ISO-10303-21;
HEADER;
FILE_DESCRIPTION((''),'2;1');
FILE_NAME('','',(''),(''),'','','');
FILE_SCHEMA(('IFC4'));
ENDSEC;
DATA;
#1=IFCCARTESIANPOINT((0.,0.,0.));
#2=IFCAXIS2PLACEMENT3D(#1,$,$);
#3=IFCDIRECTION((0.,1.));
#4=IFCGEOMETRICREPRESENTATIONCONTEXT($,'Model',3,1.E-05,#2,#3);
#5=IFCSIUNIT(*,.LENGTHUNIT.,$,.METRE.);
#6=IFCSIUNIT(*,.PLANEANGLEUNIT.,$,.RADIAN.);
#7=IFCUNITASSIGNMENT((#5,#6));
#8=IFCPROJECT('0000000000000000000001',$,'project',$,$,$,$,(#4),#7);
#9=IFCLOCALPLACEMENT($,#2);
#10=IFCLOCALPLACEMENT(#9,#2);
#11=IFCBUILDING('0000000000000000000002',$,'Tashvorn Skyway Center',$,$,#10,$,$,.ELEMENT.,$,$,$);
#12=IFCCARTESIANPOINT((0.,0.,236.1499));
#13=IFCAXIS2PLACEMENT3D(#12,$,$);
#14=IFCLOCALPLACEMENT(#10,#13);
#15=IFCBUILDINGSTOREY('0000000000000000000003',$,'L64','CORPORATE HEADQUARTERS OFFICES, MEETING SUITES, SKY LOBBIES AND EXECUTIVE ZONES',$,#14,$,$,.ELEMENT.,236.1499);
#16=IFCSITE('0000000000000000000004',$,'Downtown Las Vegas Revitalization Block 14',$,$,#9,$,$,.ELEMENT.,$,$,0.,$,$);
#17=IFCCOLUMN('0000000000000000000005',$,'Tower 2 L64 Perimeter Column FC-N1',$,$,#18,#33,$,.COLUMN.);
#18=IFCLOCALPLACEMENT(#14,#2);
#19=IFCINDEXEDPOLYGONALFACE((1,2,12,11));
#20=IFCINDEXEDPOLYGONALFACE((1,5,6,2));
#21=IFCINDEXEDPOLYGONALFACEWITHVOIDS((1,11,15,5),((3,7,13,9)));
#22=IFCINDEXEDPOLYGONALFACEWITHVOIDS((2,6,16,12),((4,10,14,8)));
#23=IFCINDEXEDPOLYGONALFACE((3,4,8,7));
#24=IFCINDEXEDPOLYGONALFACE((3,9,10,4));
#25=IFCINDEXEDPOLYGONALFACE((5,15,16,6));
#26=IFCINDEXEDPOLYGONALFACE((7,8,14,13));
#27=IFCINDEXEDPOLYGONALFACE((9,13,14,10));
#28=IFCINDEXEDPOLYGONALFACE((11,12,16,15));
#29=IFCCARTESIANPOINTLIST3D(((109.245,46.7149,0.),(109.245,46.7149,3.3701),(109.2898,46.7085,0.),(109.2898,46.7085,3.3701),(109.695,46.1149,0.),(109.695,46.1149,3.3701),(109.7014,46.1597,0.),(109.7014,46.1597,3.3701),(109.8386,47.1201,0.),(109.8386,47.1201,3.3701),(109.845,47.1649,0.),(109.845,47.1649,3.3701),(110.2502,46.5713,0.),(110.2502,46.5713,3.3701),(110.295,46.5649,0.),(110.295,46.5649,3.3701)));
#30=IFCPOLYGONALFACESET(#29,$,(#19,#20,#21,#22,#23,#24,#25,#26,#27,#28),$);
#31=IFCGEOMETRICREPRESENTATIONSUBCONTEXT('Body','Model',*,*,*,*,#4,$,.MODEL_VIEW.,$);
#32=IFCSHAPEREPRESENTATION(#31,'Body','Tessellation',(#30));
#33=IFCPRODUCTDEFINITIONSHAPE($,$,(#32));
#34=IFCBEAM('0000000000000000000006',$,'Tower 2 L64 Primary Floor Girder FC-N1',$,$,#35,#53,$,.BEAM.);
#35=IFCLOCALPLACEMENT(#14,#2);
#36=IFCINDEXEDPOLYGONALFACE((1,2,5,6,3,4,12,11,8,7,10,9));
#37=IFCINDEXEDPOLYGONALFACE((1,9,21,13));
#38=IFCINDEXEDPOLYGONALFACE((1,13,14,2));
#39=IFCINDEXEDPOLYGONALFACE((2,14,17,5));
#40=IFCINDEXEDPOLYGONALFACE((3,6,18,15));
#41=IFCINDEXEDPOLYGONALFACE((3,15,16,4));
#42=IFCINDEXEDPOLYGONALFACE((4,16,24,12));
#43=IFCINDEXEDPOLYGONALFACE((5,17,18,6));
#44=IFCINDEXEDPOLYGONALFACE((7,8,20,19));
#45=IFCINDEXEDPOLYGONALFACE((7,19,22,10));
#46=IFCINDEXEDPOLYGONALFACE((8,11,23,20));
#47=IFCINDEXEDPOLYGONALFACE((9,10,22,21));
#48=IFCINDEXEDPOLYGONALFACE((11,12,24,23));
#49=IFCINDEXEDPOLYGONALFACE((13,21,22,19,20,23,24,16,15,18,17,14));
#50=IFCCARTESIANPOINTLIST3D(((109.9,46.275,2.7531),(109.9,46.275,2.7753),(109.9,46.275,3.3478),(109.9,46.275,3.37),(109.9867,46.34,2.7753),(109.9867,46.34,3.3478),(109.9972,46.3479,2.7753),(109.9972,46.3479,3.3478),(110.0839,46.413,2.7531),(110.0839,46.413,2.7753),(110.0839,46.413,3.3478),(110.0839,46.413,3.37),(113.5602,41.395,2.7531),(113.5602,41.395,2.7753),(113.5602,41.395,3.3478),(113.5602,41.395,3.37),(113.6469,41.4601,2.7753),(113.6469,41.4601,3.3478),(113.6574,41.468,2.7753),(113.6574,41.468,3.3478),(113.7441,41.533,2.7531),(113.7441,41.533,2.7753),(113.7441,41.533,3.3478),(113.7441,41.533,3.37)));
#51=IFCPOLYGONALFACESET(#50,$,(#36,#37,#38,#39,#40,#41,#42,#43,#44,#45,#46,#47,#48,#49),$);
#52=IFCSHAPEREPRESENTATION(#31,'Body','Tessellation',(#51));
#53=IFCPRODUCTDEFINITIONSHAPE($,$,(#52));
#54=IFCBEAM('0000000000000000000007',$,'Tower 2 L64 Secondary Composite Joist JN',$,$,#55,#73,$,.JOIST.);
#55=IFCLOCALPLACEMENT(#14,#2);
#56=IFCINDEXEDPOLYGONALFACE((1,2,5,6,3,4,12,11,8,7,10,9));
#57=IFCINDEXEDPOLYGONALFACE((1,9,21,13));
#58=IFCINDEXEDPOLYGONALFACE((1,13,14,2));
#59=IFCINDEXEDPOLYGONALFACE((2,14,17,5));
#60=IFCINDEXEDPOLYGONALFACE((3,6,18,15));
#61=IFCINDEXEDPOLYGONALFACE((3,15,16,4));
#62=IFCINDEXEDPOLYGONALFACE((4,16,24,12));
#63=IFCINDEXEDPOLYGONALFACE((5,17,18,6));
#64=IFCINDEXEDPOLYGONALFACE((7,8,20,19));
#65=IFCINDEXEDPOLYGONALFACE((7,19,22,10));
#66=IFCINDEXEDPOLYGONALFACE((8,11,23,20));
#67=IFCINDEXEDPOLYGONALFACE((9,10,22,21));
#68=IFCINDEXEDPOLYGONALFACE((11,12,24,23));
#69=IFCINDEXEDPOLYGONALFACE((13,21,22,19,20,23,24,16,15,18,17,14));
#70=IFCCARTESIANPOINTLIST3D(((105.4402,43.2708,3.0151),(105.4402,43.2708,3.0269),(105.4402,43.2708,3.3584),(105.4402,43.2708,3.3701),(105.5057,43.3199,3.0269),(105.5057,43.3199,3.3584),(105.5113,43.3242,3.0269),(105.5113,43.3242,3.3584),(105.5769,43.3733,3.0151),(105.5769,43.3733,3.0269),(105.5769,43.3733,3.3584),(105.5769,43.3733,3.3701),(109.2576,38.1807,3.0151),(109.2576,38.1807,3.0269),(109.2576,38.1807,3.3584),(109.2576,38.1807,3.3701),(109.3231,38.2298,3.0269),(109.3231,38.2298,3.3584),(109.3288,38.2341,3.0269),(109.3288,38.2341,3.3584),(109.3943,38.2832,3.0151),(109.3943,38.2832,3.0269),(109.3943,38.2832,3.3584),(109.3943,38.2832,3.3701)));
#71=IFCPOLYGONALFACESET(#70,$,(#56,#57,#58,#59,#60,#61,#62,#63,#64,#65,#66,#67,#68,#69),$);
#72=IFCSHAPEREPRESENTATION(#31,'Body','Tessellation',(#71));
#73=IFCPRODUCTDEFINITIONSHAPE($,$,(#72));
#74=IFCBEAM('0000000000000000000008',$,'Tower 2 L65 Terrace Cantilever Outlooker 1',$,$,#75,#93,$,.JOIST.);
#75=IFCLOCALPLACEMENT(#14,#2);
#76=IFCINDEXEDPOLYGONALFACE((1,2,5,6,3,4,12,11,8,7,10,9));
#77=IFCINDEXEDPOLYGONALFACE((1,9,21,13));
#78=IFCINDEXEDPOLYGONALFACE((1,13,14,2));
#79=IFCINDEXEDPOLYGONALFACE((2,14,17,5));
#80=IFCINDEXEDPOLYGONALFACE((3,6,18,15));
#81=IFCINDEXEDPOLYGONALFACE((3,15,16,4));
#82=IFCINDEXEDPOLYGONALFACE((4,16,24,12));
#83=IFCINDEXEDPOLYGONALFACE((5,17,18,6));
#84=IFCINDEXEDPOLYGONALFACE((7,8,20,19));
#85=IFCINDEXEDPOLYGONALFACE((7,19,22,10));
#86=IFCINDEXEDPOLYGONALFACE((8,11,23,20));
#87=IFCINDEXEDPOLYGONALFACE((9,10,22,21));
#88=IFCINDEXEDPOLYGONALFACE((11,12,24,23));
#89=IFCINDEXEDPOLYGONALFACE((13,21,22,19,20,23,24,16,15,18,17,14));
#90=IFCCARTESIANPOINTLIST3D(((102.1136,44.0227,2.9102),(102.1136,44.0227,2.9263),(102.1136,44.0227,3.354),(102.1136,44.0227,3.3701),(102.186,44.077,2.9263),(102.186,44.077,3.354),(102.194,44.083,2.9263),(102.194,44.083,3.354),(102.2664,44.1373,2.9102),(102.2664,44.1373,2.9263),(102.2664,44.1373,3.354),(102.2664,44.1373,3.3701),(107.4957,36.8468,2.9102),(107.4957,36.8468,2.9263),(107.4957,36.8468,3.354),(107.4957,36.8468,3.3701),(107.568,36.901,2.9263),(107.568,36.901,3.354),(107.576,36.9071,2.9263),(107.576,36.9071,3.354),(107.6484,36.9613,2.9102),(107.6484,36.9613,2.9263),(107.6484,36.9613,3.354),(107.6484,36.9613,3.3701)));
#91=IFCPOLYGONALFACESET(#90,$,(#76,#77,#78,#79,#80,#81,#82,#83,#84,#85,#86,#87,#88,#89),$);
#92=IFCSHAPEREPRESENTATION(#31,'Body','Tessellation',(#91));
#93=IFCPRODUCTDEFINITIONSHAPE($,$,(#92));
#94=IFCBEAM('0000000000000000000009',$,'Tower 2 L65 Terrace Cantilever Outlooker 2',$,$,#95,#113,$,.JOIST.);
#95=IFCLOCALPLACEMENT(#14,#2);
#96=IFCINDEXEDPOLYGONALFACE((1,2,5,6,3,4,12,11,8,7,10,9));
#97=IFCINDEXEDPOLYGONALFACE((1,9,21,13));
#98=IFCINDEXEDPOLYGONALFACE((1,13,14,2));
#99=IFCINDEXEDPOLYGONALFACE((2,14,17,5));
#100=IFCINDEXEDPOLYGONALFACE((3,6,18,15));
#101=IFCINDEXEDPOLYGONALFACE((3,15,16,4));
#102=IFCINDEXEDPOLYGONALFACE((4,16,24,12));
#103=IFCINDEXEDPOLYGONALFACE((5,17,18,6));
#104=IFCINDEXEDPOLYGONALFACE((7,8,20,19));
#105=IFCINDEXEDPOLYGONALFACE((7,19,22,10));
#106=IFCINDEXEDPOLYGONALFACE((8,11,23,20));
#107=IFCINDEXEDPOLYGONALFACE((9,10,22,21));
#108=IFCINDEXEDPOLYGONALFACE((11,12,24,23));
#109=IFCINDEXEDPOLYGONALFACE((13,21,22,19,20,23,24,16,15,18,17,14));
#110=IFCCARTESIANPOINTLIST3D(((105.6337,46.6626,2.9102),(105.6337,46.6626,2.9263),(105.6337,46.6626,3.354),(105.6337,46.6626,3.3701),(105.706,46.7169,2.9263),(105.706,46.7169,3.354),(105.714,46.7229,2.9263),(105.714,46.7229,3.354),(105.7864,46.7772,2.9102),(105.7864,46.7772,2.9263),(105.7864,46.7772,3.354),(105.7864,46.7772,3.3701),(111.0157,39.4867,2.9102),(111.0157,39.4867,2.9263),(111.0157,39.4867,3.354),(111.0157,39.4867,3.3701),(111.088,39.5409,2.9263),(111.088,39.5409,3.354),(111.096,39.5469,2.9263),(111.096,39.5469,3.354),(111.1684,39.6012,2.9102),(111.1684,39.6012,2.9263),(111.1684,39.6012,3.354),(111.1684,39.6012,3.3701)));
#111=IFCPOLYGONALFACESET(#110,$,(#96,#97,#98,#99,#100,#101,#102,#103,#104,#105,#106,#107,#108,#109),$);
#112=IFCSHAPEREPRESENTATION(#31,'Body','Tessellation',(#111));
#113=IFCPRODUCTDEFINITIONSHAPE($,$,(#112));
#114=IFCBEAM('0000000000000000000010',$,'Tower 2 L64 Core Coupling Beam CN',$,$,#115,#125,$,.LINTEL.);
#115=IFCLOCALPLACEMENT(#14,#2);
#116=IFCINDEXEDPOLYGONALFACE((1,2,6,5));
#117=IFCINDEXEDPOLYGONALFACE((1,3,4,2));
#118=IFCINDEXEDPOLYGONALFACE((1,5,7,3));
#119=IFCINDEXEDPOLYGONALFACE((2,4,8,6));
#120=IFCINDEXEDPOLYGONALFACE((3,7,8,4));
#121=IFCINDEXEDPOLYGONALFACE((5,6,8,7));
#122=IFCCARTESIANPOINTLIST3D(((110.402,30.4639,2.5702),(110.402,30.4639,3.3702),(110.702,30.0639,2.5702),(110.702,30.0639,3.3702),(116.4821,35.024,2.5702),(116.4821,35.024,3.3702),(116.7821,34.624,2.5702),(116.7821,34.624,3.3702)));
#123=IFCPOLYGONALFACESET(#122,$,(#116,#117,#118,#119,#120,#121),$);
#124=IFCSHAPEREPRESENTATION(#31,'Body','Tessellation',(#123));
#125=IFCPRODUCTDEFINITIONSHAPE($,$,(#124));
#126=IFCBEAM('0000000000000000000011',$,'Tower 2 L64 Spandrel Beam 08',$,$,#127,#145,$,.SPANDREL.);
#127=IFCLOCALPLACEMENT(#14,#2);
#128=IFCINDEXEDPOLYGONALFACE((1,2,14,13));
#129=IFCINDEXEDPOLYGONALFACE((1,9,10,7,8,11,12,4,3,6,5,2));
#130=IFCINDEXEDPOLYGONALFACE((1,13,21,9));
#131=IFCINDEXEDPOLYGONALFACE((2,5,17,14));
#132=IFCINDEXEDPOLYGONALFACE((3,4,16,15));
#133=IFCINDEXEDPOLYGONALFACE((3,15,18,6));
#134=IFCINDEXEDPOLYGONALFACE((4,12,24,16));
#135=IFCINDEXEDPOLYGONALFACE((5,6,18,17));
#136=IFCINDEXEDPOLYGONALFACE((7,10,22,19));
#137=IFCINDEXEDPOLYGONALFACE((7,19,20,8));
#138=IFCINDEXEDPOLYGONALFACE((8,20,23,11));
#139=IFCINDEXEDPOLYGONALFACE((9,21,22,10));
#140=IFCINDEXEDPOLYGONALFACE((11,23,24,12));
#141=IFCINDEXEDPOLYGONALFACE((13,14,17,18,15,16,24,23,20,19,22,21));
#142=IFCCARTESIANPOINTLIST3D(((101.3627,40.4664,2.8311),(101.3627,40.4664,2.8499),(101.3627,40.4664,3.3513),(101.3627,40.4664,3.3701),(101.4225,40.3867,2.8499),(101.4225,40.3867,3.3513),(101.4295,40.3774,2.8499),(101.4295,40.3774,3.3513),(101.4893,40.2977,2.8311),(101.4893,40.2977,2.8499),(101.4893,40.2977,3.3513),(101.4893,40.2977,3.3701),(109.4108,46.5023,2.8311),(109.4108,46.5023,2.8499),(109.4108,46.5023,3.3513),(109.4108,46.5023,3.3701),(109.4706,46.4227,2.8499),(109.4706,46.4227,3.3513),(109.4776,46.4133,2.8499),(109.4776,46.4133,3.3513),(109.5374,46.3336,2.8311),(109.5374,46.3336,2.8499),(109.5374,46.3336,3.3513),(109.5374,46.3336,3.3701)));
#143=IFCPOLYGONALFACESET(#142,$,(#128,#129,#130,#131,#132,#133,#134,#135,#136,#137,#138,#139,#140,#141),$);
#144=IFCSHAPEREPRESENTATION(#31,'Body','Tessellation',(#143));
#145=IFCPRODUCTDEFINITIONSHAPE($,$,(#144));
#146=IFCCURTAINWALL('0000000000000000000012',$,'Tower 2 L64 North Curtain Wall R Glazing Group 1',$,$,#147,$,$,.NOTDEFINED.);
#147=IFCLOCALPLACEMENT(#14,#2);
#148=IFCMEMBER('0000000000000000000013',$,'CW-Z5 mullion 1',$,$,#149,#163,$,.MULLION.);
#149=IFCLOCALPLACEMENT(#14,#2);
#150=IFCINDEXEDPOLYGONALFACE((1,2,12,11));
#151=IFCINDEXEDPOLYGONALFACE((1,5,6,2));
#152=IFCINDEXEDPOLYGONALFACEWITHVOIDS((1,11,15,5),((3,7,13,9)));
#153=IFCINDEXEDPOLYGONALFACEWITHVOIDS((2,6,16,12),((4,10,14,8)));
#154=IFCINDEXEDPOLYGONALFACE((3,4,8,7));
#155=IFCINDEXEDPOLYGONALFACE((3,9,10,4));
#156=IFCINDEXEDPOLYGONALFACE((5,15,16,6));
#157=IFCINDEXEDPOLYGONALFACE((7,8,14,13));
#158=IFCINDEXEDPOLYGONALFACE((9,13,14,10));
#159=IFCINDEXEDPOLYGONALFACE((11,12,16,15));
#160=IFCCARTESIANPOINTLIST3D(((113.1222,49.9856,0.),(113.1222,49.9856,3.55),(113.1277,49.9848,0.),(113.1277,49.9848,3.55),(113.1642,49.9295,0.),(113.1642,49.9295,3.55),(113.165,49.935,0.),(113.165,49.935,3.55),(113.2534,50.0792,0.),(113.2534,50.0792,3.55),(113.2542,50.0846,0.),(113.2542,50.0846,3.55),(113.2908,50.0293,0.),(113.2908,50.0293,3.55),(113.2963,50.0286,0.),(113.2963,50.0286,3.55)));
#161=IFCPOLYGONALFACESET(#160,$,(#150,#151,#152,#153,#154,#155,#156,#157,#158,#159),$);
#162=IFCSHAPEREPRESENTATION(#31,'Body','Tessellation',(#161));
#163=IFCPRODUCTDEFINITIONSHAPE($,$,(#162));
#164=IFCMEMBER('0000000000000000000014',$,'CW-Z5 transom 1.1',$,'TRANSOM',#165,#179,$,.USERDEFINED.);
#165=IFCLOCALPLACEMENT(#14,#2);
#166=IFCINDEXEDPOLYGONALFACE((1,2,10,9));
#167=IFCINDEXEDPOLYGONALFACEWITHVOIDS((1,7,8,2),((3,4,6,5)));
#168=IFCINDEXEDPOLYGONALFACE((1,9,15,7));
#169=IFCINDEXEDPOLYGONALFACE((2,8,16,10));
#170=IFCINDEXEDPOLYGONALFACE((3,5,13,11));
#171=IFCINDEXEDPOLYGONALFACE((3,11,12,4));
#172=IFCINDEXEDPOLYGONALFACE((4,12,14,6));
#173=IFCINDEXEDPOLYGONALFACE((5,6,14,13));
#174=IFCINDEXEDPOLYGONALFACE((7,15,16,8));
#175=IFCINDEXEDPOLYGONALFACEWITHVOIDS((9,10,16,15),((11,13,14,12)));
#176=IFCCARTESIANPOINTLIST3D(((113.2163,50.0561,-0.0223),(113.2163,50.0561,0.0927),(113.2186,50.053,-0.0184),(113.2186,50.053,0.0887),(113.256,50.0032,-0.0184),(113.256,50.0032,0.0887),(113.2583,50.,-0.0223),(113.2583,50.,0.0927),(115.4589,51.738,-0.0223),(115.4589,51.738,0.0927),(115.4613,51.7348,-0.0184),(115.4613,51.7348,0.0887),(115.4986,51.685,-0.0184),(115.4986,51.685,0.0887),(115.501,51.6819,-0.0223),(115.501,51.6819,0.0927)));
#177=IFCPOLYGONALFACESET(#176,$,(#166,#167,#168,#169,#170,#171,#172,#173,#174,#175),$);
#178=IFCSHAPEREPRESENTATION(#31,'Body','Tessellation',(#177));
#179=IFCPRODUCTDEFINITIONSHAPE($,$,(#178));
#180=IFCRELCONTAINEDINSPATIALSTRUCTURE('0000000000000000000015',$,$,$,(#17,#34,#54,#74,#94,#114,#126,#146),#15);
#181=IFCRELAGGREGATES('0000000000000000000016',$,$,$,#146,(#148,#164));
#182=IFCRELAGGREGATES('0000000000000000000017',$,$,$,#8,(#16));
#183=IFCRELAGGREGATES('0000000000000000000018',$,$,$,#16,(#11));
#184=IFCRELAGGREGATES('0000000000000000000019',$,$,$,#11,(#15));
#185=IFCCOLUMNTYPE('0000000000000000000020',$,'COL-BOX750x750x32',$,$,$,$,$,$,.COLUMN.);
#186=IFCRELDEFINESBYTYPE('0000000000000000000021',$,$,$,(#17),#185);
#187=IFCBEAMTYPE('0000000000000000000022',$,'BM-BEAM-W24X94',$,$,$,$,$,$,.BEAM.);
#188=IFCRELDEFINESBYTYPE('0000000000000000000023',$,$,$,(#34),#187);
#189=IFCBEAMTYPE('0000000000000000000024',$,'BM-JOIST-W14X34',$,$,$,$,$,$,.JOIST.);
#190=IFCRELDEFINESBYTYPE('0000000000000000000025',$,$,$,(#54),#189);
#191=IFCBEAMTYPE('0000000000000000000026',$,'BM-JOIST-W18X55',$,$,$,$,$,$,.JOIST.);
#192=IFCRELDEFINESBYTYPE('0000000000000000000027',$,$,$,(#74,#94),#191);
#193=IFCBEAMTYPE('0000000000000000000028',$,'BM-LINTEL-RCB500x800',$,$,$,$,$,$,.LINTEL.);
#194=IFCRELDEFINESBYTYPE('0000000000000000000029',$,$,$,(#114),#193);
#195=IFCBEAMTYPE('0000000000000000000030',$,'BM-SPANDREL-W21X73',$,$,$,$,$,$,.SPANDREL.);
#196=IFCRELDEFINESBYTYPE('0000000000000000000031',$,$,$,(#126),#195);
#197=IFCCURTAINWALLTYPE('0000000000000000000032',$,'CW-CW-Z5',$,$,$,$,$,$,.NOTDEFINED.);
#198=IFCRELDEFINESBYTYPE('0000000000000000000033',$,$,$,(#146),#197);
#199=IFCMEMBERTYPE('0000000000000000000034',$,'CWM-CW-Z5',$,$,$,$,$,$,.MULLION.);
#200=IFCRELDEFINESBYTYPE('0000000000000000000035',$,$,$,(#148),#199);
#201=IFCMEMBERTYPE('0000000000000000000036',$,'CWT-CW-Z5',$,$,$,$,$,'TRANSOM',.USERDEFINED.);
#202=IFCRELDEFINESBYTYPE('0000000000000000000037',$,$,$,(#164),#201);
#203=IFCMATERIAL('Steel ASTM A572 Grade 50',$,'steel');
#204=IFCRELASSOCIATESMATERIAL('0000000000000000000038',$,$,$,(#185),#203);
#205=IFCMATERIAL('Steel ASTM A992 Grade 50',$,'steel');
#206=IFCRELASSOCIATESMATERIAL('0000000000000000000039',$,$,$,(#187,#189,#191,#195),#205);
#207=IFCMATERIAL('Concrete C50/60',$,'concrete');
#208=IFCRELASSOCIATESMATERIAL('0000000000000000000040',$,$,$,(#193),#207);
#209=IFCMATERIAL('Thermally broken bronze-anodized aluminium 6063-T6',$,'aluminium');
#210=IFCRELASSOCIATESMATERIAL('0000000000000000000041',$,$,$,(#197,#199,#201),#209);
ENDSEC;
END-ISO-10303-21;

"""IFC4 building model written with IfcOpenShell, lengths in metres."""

from ifc_helpers import new_model, si_unit, direction, frame, origin, origin_2d, place, context, subcontext, project, spatial, rectangle, hollow_rectangle, i_section, extrude, material, material_profile, profile_set, type_object, element, aggregate, save


model = new_model("IFC4")

# Units and contexts
model_context = context("Model", 3, precision=1e-05, world=origin(), true_north=direction((0.0, 1.0)))
body_context = subcontext(model_context, "Body", "Model", "MODEL_VIEW")
ifc_project = project(units=[si_unit("LENGTHUNIT", "METRE"), si_unit("PLANEANGLEUNIT", "RADIAN")], contexts=[model_context])

# Site, building, storey
site_placement = place(None, origin())
site = spatial("IfcSite", under=ifc_project, at=site_placement, Name="Downtown Las Vegas Revitalization Block 14", CompositionType="ELEMENT", RefElevation=0.0)
building_placement = place(site_placement, origin())
building = spatial("IfcBuilding", under=site, at=building_placement, Name="Tashvorn Skyway Center", CompositionType="ELEMENT")
storey_placement = place(building_placement, frame((0.0, 0.0, 236.1499)))
storey = spatial("IfcBuildingStorey", under=building, at=storey_placement, Name="L64", Description="CORPORATE HEADQUARTERS OFFICES, MEETING SUITES, SKY LOBBIES AND EXECUTIVE ZONES", CompositionType="ELEMENT", Elevation=236.1499)

# Column
ifc_material_1 = material(Name="Steel ASTM A572 Grade 50", Category="steel")
ifc_material_profile_1 = material_profile(ifc_material_1, hollow_rectangle(XDim=0.75, YDim=0.75, WallThickness=0.032, at=origin_2d()), Name="BOX750x750x32")
ifc_profile_set_1 = profile_set([ifc_material_profile_1], Name="Steel ASTM A572 Grade 50")
column_type = type_object("IfcColumnType", Name="COL-BOX750x750x32", PredefinedType="COLUMN", material=ifc_profile_set_1)
column_placement = place(storey_placement, frame((109.77, 46.6399, 0.0), z_axis=(0.0, 0.0, 1.0), x_axis=(0.8, 0.6, 0.0)))
element("IfcColumn", 1, at=column_placement, inside=storey, type_object=column_type, Name="Tower 2 L64 Perimeter Column FC-N1", PredefinedType="COLUMN", context=body_context, shape_type="SweptSolid", body=[
    extrude(hollow_rectangle(XDim=0.75, YDim=0.75, WallThickness=0.032, at=origin_2d()), origin(), (0.0, 0.0, 1.0), 3.3701),
])

# Beams
ifc_material_2 = material(Name="Steel ASTM A992 Grade 50", Category="steel")
ifc_material_profile_2 = material_profile(ifc_material_2, i_section(OverallWidth=0.23, OverallDepth=0.6169, WebThickness=0.0132, FlangeThickness=0.0222, at=origin_2d()), Name="W24X94")
ifc_profile_set_2 = profile_set([ifc_material_profile_2], Name="Steel ASTM A992 Grade 50")
beam_type_1 = type_object("IfcBeamType", Name="BM-BEAM-W24X94", PredefinedType="BEAM", material=ifc_profile_set_2)
beam_1_placement = place(storey_placement, frame((109.9919, 46.344, 3.0615), z_axis=(0.600026, -0.799981, 0.0), x_axis=(0.799981, 0.600026, 0.0)))
element("IfcBeam", 2, at=beam_1_placement, inside=storey, type_object=beam_type_1, Name="Tower 2 L64 Primary Floor Girder FC-N1", PredefinedType="BEAM", context=body_context, shape_type="SweptSolid", body=[
    extrude(i_section(OverallWidth=0.23, OverallDepth=0.6169, WebThickness=0.0132, FlangeThickness=0.0222, at=origin_2d()), origin(), (0.0, 0.0, 1.0), 6.1001),
])
ifc_material_profile_3 = material_profile(ifc_material_2, i_section(OverallWidth=0.1709, OverallDepth=0.355, WebThickness=0.0071, FlangeThickness=0.0117, at=origin_2d()), Name="W14X34")
ifc_profile_set_3 = profile_set([ifc_material_profile_3], Name="Steel ASTM A992 Grade 50")
beam_type_2 = type_object("IfcBeamType", Name="BM-JOIST-W14X34", PredefinedType="JOIST", material=ifc_profile_set_3)
beam_2_placement = place(storey_placement, frame((109.3259, 38.2319, 3.1926), z_axis=(-0.599982, 0.800014, 0.0), x_axis=(-0.800014, -0.599982, 0.0)))
element("IfcBeam", 3, at=beam_2_placement, inside=storey, type_object=beam_type_2, Name="Tower 2 L64 Secondary Composite Joist JN", PredefinedType="JOIST", context=body_context, shape_type="SweptSolid", body=[
    extrude(i_section(OverallWidth=0.1709, OverallDepth=0.355, WebThickness=0.0071, FlangeThickness=0.0117, at=origin_2d()), origin(), (0.0, 0.0, 1.0), 6.3625),
])
ifc_material_profile_4 = material_profile(ifc_material_2, i_section(OverallWidth=0.1909, OverallDepth=0.46, WebThickness=0.01, FlangeThickness=0.0161, at=origin_2d()), Name="W18X55")
ifc_profile_set_4 = profile_set([ifc_material_profile_4], Name="Steel ASTM A992 Grade 50")
beam_type_3 = type_object("IfcBeamType", Name="BM-JOIST-W18X55", PredefinedType="JOIST", material=ifc_profile_set_4)
for number, where, z_axis, x_axis, name in (
    (4, (107.572, 36.9041, 3.1401), (-0.600004, 0.799997, 0.0), (-0.799997, -0.600004, 0.0), "Tower 2 L65 Terrace Cantilever Outlooker 1"),
    (5, (111.092, 39.5439, 3.1401), (-0.600004, 0.799997, 0.0), (-0.799997, -0.600004, 0.0), "Tower 2 L65 Terrace Cantilever Outlooker 2"),
):
    element("IfcBeam", number, at=place(storey_placement, frame(where, z_axis=z_axis, x_axis=x_axis)), inside=storey, type_object=beam_type_3, Name=name, PredefinedType="JOIST", context=body_context, shape_type="SweptSolid", body=[
        extrude(i_section(OverallWidth=0.1909, OverallDepth=0.46, WebThickness=0.01, FlangeThickness=0.0161, at=origin_2d()), origin(), (0.0, 0.0, 1.0), 8.97),
    ])
ifc_material_3 = material(Name="Concrete C50/60", Category="concrete")
ifc_material_profile_5 = material_profile(ifc_material_3, rectangle(XDim=0.5, YDim=0.8, at=origin_2d()), Name="RCB500x800")
ifc_profile_set_5 = profile_set([ifc_material_profile_5], Name="Concrete C50/60")
beam_type_4 = type_object("IfcBeamType", Name="BM-LINTEL-RCB500x800", PredefinedType="LINTEL", material=ifc_profile_set_5)
beam_3_placement = place(storey_placement, frame((110.552, 30.2639, 2.9702), z_axis=(0.8, 0.6, 0.0), x_axis=(-0.6, 0.8, 0.0)))
element("IfcBeam", 6, at=beam_3_placement, inside=storey, type_object=beam_type_4, Name="Tower 2 L64 Core Coupling Beam CN", PredefinedType="LINTEL", context=body_context, shape_type="SweptSolid", body=[
    extrude(rectangle(XDim=0.5, YDim=0.8, at=origin_2d()), origin(), (0.0, 0.0, 1.0), 7.6001),
])
ifc_material_profile_6 = material_profile(ifc_material_2, i_section(OverallWidth=0.2109, OverallDepth=0.5391, WebThickness=0.0117, FlangeThickness=0.0188, at=origin_2d()), Name="W21X73")
ifc_profile_set_6 = profile_set([ifc_material_profile_6], Name="Steel ASTM A992 Grade 50")
beam_type_5 = type_object("IfcBeamType", Name="BM-SPANDREL-W21X73", PredefinedType="SPANDREL", material=ifc_profile_set_6)
beam_4_placement = place(storey_placement, frame((109.4741, 46.418, 3.1006), z_axis=(-0.800009, -0.599988, 0.0), x_axis=(0.599988, -0.800009, 0.0)))
element("IfcBeam", 7, at=beam_4_placement, inside=storey, type_object=beam_type_5, Name="Tower 2 L64 Spandrel Beam 08", PredefinedType="SPANDREL", context=body_context, shape_type="SweptSolid", body=[
    extrude(i_section(OverallWidth=0.2109, OverallDepth=0.5391, WebThickness=0.0117, FlangeThickness=0.0188, at=origin_2d()), origin(), (0.0, 0.0, 1.0), 10.0601),
])

# Curtain wall, members
ifc_material_4 = material(Name="Thermally broken bronze-anodized aluminium 6063-T6", Category="aluminium")
curtain_wall_type = type_object("IfcCurtainWallType", Name="CW-CW-Z5", PredefinedType="NOTDEFINED", material=ifc_material_4)
curtain_wall_placement = place(storey_placement, origin())
curtain_wall = element("IfcCurtainWall", 8, at=curtain_wall_placement, inside=storey, type_object=curtain_wall_type, Name="Tower 2 L64 North Curtain Wall R Glazing Group 1", PredefinedType="NOTDEFINED")
ifc_material_profile_7 = material_profile(ifc_material_4, hollow_rectangle(XDim=0.0701, YDim=0.165, WallThickness=0.0039, at=origin_2d()), Name="ALU-MULL-70x165")
ifc_profile_set_7 = profile_set([ifc_material_profile_7], Name="Thermally broken bronze-anodized aluminium 6063-T6")
member_type_1 = type_object("IfcMemberType", Name="CWM-CW-Z5", PredefinedType="MULLION", material=ifc_profile_set_7)
member_1_placement = place(storey_placement, frame((113.2092, 50.0071, 0.0), z_axis=(0.0, 0.0, 1.0), x_axis=(-0.599995, 0.800004, 0.0)))
member_1 = element("IfcMember", 9, at=member_1_placement, type_object=member_type_1, Name="CW-Z5 mullion 1", PredefinedType="MULLION", context=body_context, shape_type="SweptSolid", body=[
    extrude(hollow_rectangle(XDim=0.0701, YDim=0.165, WallThickness=0.0039, at=origin_2d()), origin(), (0.0, 0.0, 1.0), 3.55),
])
ifc_material_profile_8 = material_profile(ifc_material_4, hollow_rectangle(XDim=0.0701, YDim=0.115, WallThickness=0.0039, at=origin_2d()), Name="ALU-TRAN-70x115")
ifc_profile_set_8 = profile_set([ifc_material_profile_8], Name="Thermally broken bronze-anodized aluminium 6063-T6")
member_type_2 = type_object("IfcMemberType", Name="CWT-CW-Z5", ElementType="TRANSOM", PredefinedType="USERDEFINED", material=ifc_profile_set_8)
member_2_placement = place(storey_placement, frame((113.2373, 50.0281, 0.0352), z_axis=(0.800021, 0.599972, 0.0), x_axis=(-0.599972, 0.800021, 0.0)))
member_2 = element("IfcMember", 10, at=member_2_placement, type_object=member_type_2, Name="CW-Z5 transom 1.1", ObjectType="TRANSOM", PredefinedType="USERDEFINED", context=body_context, shape_type="SweptSolid", body=[
    extrude(hollow_rectangle(XDim=0.0701, YDim=0.115, WallThickness=0.0039, at=origin_2d()), origin(), (0.0, 0.0, 1.0), 2.8032),
])
aggregate(curtain_wall, [member_1, member_2])

save(model, "model.ifc")
